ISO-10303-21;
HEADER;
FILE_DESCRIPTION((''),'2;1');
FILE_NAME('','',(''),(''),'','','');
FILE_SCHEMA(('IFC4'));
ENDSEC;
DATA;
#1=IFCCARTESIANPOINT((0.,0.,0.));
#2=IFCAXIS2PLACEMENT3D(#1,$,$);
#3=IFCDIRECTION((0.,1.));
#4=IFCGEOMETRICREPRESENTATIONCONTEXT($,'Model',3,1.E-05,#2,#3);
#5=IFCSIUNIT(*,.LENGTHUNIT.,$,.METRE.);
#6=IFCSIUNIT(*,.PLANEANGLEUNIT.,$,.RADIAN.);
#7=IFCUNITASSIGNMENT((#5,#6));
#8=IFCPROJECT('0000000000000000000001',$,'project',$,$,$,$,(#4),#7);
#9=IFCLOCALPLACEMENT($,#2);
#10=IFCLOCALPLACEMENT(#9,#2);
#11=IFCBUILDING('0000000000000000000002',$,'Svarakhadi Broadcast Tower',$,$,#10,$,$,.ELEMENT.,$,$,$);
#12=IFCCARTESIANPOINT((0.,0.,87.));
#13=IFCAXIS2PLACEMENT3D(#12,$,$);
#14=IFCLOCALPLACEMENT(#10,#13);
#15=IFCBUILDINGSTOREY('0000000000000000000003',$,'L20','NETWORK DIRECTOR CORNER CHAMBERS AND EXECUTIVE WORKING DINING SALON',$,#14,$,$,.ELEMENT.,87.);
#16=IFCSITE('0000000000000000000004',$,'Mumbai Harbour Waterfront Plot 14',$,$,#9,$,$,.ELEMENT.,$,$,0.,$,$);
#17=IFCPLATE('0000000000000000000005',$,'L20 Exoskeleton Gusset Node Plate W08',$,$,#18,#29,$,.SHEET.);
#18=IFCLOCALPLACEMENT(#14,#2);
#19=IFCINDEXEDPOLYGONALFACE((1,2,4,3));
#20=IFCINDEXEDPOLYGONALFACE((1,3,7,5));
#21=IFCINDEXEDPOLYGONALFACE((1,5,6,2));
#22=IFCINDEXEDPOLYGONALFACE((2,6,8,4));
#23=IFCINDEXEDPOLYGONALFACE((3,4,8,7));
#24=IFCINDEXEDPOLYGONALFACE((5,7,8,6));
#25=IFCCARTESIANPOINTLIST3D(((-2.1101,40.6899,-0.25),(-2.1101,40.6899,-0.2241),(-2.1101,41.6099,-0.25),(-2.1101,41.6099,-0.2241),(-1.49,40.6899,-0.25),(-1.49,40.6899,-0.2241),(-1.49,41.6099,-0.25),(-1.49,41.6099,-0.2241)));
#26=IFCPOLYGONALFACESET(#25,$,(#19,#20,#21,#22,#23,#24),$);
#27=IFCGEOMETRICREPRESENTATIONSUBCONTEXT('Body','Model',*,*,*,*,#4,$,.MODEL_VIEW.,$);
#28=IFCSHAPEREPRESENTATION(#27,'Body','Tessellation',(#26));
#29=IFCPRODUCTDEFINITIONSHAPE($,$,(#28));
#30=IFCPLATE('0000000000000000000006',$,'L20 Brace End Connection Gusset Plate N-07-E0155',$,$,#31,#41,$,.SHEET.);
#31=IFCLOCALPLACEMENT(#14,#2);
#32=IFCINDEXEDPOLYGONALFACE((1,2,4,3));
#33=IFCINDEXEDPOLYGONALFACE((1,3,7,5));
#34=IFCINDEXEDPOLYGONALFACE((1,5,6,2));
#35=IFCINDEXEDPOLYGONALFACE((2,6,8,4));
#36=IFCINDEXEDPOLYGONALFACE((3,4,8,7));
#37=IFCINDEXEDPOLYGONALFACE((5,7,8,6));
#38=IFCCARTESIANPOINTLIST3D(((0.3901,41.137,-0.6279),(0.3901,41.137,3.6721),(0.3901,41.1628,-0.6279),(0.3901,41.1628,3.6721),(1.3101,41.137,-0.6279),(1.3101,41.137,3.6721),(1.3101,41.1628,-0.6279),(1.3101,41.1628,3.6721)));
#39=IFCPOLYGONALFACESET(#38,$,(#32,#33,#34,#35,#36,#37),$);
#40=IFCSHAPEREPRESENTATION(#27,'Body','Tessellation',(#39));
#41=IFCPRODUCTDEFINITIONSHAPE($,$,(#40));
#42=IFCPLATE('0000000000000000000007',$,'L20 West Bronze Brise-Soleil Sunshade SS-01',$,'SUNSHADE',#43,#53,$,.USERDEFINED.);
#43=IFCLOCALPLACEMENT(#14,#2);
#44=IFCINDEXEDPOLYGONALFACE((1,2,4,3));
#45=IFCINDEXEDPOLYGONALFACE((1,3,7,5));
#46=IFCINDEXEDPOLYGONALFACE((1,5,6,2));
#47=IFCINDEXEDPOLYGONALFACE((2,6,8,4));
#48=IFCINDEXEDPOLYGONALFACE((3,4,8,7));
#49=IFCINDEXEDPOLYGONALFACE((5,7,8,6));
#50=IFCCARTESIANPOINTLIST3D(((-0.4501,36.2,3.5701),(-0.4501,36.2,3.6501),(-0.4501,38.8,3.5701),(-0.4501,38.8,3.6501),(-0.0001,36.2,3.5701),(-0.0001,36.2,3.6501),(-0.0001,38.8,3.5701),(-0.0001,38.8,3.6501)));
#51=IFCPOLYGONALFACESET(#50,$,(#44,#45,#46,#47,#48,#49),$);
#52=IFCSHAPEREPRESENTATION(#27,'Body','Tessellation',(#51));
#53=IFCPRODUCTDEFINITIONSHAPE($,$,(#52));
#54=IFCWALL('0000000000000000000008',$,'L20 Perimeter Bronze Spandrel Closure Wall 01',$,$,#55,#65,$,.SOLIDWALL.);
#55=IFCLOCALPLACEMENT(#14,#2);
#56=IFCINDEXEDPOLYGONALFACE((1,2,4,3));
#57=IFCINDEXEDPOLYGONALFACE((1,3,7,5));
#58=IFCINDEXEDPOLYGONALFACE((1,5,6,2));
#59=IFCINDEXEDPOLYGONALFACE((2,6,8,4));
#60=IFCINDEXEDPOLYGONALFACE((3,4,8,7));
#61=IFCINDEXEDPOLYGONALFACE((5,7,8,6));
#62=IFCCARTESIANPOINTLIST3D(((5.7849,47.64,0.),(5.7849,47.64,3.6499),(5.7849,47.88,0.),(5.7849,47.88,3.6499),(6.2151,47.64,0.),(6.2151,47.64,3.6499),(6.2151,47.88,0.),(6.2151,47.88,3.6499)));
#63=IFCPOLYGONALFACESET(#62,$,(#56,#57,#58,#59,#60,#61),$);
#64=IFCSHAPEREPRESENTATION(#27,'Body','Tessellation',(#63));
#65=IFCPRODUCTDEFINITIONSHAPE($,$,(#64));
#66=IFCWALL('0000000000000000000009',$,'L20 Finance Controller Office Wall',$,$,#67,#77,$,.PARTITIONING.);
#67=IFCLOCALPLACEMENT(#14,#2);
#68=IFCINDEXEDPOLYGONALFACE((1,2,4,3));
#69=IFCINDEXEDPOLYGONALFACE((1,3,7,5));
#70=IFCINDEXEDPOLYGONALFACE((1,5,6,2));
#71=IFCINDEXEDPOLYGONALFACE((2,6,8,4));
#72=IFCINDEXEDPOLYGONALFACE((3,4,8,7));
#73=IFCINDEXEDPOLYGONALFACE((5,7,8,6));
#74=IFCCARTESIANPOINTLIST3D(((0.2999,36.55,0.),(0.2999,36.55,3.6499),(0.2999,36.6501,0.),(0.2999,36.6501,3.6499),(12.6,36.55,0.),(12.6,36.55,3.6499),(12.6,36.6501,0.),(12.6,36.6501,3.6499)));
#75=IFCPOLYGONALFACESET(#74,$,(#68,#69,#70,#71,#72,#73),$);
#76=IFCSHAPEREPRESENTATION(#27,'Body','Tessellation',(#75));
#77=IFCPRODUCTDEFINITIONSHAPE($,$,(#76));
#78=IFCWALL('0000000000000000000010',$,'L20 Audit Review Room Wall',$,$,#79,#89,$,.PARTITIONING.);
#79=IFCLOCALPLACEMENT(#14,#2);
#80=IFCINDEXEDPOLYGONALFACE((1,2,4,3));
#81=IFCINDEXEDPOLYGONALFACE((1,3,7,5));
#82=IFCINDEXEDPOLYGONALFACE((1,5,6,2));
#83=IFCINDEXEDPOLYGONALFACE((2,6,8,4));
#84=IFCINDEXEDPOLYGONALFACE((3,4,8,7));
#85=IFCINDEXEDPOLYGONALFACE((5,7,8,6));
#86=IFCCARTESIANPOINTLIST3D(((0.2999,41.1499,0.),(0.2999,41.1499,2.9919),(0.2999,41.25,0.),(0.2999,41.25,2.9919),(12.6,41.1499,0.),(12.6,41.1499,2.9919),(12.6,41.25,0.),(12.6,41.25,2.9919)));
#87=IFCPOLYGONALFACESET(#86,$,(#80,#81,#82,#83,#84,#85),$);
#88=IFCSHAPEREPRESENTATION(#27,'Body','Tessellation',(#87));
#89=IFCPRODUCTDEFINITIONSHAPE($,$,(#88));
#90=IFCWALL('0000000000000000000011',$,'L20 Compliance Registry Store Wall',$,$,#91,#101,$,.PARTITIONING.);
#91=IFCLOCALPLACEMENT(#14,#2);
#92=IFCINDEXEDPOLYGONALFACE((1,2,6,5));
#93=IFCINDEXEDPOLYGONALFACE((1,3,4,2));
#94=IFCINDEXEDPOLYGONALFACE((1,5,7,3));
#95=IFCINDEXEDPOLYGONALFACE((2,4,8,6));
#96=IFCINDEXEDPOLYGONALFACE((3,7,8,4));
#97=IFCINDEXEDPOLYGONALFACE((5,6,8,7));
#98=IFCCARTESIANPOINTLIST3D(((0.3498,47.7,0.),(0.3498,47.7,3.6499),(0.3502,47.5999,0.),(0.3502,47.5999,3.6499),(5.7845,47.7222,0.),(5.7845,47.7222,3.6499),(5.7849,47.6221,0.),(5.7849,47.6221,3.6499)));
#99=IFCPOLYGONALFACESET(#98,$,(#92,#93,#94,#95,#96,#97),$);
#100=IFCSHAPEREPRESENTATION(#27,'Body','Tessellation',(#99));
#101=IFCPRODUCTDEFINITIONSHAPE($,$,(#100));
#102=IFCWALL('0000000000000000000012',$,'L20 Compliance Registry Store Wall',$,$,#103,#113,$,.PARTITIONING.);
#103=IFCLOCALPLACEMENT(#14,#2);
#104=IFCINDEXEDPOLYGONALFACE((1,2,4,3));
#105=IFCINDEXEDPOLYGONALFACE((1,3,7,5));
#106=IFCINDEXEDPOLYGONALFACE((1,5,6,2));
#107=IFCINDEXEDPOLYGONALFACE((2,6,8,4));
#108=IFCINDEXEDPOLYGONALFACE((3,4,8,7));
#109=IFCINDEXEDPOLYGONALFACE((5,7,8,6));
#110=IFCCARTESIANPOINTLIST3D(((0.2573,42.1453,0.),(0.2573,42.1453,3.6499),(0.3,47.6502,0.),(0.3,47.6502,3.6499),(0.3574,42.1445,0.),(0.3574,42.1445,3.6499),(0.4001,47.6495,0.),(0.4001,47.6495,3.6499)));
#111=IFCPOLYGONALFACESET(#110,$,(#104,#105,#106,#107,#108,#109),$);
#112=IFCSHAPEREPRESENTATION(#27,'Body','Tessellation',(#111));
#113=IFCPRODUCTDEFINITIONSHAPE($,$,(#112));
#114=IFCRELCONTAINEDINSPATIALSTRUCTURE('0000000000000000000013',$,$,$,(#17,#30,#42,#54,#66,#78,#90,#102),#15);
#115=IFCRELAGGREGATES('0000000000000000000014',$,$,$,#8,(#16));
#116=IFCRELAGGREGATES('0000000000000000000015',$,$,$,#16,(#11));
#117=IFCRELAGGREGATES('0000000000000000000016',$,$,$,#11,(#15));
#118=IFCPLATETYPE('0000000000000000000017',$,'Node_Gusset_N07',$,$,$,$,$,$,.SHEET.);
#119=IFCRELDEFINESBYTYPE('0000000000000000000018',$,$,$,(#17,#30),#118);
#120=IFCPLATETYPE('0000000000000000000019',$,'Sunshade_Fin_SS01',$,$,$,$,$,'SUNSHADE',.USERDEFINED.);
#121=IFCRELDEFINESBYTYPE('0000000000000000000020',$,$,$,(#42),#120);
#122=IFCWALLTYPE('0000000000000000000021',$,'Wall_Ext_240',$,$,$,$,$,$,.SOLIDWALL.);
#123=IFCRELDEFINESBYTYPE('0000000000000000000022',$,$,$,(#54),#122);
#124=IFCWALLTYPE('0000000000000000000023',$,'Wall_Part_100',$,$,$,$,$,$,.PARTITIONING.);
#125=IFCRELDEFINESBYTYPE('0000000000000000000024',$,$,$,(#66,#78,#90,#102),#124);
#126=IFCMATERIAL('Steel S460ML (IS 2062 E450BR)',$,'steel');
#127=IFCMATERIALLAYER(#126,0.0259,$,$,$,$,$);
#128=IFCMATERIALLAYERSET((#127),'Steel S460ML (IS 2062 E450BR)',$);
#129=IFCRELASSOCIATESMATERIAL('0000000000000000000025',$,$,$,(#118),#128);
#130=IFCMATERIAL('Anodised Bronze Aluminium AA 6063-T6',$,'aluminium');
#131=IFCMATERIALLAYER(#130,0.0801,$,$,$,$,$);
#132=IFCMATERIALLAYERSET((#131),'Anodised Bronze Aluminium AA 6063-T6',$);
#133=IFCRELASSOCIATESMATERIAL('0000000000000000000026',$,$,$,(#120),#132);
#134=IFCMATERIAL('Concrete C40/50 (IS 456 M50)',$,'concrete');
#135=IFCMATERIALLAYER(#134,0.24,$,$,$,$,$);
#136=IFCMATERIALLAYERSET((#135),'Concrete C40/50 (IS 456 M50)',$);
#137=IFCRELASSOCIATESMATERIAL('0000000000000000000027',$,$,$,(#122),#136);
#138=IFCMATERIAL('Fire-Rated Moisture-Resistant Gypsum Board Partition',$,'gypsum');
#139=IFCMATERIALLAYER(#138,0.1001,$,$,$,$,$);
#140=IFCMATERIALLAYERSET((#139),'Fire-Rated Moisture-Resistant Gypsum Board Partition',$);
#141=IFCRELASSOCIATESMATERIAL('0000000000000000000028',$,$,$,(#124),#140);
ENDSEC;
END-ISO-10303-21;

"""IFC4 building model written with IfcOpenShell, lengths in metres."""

from ifc_helpers import new_model, si_unit, direction, frame, frame_2d, origin, origin_2d, place, context, subcontext, project, spatial, rectangle, extrude, material, layer, layer_set, type_object, element, save


model = new_model("IFC4")

# Units and contexts
model_context = context("Model", 3, precision=1e-05, world=origin(), true_north=direction((0.0, 1.0)))
body_context = subcontext(model_context, "Body", "Model", "MODEL_VIEW")
ifc_project = project(units=[si_unit("LENGTHUNIT", "METRE"), si_unit("PLANEANGLEUNIT", "RADIAN")], contexts=[model_context])

# Site, building, storey
site_placement = place(None, origin())
site = spatial("IfcSite", under=ifc_project, at=site_placement, Name="Mumbai Harbour Waterfront Plot 14", CompositionType="ELEMENT", RefElevation=0.0)
building_placement = place(site_placement, origin())
building = spatial("IfcBuilding", under=site, at=building_placement, Name="Svarakhadi Broadcast Tower", CompositionType="ELEMENT")
storey_placement = place(building_placement, frame((0.0, 0.0, 87.0)))
storey = spatial("IfcBuildingStorey", under=building, at=storey_placement, Name="L20", Description="NETWORK DIRECTOR CORNER CHAMBERS AND EXECUTIVE WORKING DINING SALON", CompositionType="ELEMENT", Elevation=87.0)

# Shared definitions
ifc_material_1 = material(Name="Steel S460ML (IS 2062 E450BR)", Category="steel")

# Shared definitions
ifc_material_2 = material(Name="Anodised Bronze Aluminium AA 6063-T6", Category="aluminium")

# Plates
ifc_layer_1 = layer(ifc_material_1, 0.0259)
ifc_layer_set_1 = layer_set([ifc_layer_1], Name="Steel S460ML (IS 2062 E450BR)")
plate_type_1 = type_object("IfcPlateType", Name="Node_Gusset_N07", PredefinedType="SHEET", material=ifc_layer_set_1)
plate_1_placement = place(storey_placement, frame((-1.8, 41.1499, -0.25), z_axis=(0.0, 0.0, 1.0), x_axis=(0.0, 1.0, 0.0)))
element("IfcPlate", 1, at=plate_1_placement, inside=storey, type_object=plate_type_1, Name="L20 Exoskeleton Gusset Node Plate W08", PredefinedType="SHEET", context=body_context, shape_type="SweptSolid", body=[
    extrude(rectangle(XDim=0.9199, YDim=0.6201, at=origin_2d()), origin(), (0.0, 0.0, 1.0), 0.0259),
])
plate_2_placement = place(storey_placement, frame((0.8501, 41.1499, -0.6279), z_axis=(0.0, 0.0, 1.0), x_axis=(1.0, 0.0, 0.0)))
element("IfcPlate", 2, at=plate_2_placement, inside=storey, type_object=plate_type_1, Name="L20 Brace End Connection Gusset Plate N-07-E0155", PredefinedType="SHEET", context=body_context, shape_type="SweptSolid", body=[
    extrude(rectangle(XDim=0.9199, YDim=0.0259, at=origin_2d()), origin(), (0.0, 0.0, 1.0), 4.3),
])
ifc_layer_2 = layer(ifc_material_2, 0.0801)
ifc_layer_set_2 = layer_set([ifc_layer_2], Name="Anodised Bronze Aluminium AA 6063-T6")
plate_type_2 = type_object("IfcPlateType", Name="Sunshade_Fin_SS01", ElementType="SUNSHADE", PredefinedType="USERDEFINED", material=ifc_layer_set_2)
plate_3_placement = place(storey_placement, frame((-0.2251, 37.5, 3.5701), z_axis=(0.0, 0.0, 1.0), x_axis=(0.0, 1.0, 0.0)))
element("IfcPlate", 3, at=plate_3_placement, inside=storey, type_object=plate_type_2, Name="L20 West Bronze Brise-Soleil Sunshade SS-01", ObjectType="SUNSHADE", PredefinedType="USERDEFINED", context=body_context, shape_type="SweptSolid", body=[
    extrude(rectangle(XDim=2.6001, YDim=0.45, at=origin_2d()), origin(), (0.0, 0.0, 1.0), 0.0801),
])

# Walls
ifc_material_3 = material(Name="Concrete C40/50 (IS 456 M50)", Category="concrete")
ifc_layer_3 = layer(ifc_material_3, 0.24)
ifc_layer_set_3 = layer_set([ifc_layer_3], Name="Concrete C40/50 (IS 456 M50)")
wall_type_1 = type_object("IfcWallType", Name="Wall_Ext_240", PredefinedType="SOLIDWALL", material=ifc_layer_set_3)
wall_1_placement = place(storey_placement, frame((5.7849, 47.76, 0.0), z_axis=(0.0, 0.0, 1.0), x_axis=(1.0, 0.0, 0.0)))
element("IfcWall", 4, at=wall_1_placement, inside=storey, type_object=wall_type_1, Name="L20 Perimeter Bronze Spandrel Closure Wall 01", PredefinedType="SOLIDWALL", context=body_context, shape_type="SweptSolid", body=[
    extrude(rectangle(XDim=0.4302, YDim=0.24, at=frame_2d((0.2151, 0.0))), origin(), (0.0, 0.0, 1.0), 3.6499),
])
ifc_material_4 = material(Name="Fire-Rated Moisture-Resistant Gypsum Board Partition", Category="gypsum")
ifc_layer_4 = layer(ifc_material_4, 0.1001)
ifc_layer_set_4 = layer_set([ifc_layer_4], Name="Fire-Rated Moisture-Resistant Gypsum Board Partition")
wall_type_2 = type_object("IfcWallType", Name="Wall_Part_100", PredefinedType="PARTITIONING", material=ifc_layer_set_4)
wall_2_placement = place(storey_placement, frame((0.3, 36.6001, 0.0), z_axis=(0.0, 0.0, 1.0), x_axis=(1.0, 0.0, 0.0)))
element("IfcWall", 5, at=wall_2_placement, inside=storey, type_object=wall_type_2, Name="L20 Finance Controller Office Wall", PredefinedType="PARTITIONING", context=body_context, shape_type="SweptSolid", body=[
    extrude(rectangle(XDim=12.3, YDim=0.1001, at=frame_2d((6.1499, 0.0))), origin(), (0.0, 0.0, 1.0), 3.6499),
])
wall_3_placement = place(storey_placement, frame((0.3, 41.2, 0.0), z_axis=(0.0, 0.0, 1.0), x_axis=(1.0, 0.0, 0.0)))
element("IfcWall", 6, at=wall_3_placement, inside=storey, type_object=wall_type_2, Name="L20 Audit Review Room Wall", PredefinedType="PARTITIONING", context=body_context, shape_type="SweptSolid", body=[
    extrude(rectangle(XDim=12.3, YDim=0.1001, at=frame_2d((6.1499, 0.0))), origin(), (0.0, 0.0, 1.0), 2.9919),
])
wall_4_placement = place(storey_placement, frame((0.3501, 47.6499, 0.0), z_axis=(0.0, 0.0, 1.0), x_axis=(0.999992, 0.004088, 0.0)))
element("IfcWall", 7, at=wall_4_placement, inside=storey, type_object=wall_type_2, Name="L20 Compliance Registry Store Wall", PredefinedType="PARTITIONING", context=body_context, shape_type="SweptSolid", body=[
    extrude(rectangle(XDim=5.4348, YDim=0.1001, at=frame_2d((2.7173, 0.0))), origin(), (0.0, 0.0, 1.0), 3.6499),
])
wall_5_placement = place(storey_placement, frame((0.3074, 42.145, 0.0), z_axis=(0.0, 0.0, 1.0), x_axis=(0.007761, 0.99997, 0.0)))
element("IfcWall", 8, at=wall_5_placement, inside=storey, type_object=wall_type_2, Name="L20 Compliance Registry Store Wall", PredefinedType="PARTITIONING", context=body_context, shape_type="SweptSolid", body=[
    extrude(rectangle(XDim=5.5051, YDim=0.1001, at=frame_2d((2.7524, 0.0))), origin(), (0.0, 0.0, 1.0), 3.6499),
])

save(model, "model.ifc")
